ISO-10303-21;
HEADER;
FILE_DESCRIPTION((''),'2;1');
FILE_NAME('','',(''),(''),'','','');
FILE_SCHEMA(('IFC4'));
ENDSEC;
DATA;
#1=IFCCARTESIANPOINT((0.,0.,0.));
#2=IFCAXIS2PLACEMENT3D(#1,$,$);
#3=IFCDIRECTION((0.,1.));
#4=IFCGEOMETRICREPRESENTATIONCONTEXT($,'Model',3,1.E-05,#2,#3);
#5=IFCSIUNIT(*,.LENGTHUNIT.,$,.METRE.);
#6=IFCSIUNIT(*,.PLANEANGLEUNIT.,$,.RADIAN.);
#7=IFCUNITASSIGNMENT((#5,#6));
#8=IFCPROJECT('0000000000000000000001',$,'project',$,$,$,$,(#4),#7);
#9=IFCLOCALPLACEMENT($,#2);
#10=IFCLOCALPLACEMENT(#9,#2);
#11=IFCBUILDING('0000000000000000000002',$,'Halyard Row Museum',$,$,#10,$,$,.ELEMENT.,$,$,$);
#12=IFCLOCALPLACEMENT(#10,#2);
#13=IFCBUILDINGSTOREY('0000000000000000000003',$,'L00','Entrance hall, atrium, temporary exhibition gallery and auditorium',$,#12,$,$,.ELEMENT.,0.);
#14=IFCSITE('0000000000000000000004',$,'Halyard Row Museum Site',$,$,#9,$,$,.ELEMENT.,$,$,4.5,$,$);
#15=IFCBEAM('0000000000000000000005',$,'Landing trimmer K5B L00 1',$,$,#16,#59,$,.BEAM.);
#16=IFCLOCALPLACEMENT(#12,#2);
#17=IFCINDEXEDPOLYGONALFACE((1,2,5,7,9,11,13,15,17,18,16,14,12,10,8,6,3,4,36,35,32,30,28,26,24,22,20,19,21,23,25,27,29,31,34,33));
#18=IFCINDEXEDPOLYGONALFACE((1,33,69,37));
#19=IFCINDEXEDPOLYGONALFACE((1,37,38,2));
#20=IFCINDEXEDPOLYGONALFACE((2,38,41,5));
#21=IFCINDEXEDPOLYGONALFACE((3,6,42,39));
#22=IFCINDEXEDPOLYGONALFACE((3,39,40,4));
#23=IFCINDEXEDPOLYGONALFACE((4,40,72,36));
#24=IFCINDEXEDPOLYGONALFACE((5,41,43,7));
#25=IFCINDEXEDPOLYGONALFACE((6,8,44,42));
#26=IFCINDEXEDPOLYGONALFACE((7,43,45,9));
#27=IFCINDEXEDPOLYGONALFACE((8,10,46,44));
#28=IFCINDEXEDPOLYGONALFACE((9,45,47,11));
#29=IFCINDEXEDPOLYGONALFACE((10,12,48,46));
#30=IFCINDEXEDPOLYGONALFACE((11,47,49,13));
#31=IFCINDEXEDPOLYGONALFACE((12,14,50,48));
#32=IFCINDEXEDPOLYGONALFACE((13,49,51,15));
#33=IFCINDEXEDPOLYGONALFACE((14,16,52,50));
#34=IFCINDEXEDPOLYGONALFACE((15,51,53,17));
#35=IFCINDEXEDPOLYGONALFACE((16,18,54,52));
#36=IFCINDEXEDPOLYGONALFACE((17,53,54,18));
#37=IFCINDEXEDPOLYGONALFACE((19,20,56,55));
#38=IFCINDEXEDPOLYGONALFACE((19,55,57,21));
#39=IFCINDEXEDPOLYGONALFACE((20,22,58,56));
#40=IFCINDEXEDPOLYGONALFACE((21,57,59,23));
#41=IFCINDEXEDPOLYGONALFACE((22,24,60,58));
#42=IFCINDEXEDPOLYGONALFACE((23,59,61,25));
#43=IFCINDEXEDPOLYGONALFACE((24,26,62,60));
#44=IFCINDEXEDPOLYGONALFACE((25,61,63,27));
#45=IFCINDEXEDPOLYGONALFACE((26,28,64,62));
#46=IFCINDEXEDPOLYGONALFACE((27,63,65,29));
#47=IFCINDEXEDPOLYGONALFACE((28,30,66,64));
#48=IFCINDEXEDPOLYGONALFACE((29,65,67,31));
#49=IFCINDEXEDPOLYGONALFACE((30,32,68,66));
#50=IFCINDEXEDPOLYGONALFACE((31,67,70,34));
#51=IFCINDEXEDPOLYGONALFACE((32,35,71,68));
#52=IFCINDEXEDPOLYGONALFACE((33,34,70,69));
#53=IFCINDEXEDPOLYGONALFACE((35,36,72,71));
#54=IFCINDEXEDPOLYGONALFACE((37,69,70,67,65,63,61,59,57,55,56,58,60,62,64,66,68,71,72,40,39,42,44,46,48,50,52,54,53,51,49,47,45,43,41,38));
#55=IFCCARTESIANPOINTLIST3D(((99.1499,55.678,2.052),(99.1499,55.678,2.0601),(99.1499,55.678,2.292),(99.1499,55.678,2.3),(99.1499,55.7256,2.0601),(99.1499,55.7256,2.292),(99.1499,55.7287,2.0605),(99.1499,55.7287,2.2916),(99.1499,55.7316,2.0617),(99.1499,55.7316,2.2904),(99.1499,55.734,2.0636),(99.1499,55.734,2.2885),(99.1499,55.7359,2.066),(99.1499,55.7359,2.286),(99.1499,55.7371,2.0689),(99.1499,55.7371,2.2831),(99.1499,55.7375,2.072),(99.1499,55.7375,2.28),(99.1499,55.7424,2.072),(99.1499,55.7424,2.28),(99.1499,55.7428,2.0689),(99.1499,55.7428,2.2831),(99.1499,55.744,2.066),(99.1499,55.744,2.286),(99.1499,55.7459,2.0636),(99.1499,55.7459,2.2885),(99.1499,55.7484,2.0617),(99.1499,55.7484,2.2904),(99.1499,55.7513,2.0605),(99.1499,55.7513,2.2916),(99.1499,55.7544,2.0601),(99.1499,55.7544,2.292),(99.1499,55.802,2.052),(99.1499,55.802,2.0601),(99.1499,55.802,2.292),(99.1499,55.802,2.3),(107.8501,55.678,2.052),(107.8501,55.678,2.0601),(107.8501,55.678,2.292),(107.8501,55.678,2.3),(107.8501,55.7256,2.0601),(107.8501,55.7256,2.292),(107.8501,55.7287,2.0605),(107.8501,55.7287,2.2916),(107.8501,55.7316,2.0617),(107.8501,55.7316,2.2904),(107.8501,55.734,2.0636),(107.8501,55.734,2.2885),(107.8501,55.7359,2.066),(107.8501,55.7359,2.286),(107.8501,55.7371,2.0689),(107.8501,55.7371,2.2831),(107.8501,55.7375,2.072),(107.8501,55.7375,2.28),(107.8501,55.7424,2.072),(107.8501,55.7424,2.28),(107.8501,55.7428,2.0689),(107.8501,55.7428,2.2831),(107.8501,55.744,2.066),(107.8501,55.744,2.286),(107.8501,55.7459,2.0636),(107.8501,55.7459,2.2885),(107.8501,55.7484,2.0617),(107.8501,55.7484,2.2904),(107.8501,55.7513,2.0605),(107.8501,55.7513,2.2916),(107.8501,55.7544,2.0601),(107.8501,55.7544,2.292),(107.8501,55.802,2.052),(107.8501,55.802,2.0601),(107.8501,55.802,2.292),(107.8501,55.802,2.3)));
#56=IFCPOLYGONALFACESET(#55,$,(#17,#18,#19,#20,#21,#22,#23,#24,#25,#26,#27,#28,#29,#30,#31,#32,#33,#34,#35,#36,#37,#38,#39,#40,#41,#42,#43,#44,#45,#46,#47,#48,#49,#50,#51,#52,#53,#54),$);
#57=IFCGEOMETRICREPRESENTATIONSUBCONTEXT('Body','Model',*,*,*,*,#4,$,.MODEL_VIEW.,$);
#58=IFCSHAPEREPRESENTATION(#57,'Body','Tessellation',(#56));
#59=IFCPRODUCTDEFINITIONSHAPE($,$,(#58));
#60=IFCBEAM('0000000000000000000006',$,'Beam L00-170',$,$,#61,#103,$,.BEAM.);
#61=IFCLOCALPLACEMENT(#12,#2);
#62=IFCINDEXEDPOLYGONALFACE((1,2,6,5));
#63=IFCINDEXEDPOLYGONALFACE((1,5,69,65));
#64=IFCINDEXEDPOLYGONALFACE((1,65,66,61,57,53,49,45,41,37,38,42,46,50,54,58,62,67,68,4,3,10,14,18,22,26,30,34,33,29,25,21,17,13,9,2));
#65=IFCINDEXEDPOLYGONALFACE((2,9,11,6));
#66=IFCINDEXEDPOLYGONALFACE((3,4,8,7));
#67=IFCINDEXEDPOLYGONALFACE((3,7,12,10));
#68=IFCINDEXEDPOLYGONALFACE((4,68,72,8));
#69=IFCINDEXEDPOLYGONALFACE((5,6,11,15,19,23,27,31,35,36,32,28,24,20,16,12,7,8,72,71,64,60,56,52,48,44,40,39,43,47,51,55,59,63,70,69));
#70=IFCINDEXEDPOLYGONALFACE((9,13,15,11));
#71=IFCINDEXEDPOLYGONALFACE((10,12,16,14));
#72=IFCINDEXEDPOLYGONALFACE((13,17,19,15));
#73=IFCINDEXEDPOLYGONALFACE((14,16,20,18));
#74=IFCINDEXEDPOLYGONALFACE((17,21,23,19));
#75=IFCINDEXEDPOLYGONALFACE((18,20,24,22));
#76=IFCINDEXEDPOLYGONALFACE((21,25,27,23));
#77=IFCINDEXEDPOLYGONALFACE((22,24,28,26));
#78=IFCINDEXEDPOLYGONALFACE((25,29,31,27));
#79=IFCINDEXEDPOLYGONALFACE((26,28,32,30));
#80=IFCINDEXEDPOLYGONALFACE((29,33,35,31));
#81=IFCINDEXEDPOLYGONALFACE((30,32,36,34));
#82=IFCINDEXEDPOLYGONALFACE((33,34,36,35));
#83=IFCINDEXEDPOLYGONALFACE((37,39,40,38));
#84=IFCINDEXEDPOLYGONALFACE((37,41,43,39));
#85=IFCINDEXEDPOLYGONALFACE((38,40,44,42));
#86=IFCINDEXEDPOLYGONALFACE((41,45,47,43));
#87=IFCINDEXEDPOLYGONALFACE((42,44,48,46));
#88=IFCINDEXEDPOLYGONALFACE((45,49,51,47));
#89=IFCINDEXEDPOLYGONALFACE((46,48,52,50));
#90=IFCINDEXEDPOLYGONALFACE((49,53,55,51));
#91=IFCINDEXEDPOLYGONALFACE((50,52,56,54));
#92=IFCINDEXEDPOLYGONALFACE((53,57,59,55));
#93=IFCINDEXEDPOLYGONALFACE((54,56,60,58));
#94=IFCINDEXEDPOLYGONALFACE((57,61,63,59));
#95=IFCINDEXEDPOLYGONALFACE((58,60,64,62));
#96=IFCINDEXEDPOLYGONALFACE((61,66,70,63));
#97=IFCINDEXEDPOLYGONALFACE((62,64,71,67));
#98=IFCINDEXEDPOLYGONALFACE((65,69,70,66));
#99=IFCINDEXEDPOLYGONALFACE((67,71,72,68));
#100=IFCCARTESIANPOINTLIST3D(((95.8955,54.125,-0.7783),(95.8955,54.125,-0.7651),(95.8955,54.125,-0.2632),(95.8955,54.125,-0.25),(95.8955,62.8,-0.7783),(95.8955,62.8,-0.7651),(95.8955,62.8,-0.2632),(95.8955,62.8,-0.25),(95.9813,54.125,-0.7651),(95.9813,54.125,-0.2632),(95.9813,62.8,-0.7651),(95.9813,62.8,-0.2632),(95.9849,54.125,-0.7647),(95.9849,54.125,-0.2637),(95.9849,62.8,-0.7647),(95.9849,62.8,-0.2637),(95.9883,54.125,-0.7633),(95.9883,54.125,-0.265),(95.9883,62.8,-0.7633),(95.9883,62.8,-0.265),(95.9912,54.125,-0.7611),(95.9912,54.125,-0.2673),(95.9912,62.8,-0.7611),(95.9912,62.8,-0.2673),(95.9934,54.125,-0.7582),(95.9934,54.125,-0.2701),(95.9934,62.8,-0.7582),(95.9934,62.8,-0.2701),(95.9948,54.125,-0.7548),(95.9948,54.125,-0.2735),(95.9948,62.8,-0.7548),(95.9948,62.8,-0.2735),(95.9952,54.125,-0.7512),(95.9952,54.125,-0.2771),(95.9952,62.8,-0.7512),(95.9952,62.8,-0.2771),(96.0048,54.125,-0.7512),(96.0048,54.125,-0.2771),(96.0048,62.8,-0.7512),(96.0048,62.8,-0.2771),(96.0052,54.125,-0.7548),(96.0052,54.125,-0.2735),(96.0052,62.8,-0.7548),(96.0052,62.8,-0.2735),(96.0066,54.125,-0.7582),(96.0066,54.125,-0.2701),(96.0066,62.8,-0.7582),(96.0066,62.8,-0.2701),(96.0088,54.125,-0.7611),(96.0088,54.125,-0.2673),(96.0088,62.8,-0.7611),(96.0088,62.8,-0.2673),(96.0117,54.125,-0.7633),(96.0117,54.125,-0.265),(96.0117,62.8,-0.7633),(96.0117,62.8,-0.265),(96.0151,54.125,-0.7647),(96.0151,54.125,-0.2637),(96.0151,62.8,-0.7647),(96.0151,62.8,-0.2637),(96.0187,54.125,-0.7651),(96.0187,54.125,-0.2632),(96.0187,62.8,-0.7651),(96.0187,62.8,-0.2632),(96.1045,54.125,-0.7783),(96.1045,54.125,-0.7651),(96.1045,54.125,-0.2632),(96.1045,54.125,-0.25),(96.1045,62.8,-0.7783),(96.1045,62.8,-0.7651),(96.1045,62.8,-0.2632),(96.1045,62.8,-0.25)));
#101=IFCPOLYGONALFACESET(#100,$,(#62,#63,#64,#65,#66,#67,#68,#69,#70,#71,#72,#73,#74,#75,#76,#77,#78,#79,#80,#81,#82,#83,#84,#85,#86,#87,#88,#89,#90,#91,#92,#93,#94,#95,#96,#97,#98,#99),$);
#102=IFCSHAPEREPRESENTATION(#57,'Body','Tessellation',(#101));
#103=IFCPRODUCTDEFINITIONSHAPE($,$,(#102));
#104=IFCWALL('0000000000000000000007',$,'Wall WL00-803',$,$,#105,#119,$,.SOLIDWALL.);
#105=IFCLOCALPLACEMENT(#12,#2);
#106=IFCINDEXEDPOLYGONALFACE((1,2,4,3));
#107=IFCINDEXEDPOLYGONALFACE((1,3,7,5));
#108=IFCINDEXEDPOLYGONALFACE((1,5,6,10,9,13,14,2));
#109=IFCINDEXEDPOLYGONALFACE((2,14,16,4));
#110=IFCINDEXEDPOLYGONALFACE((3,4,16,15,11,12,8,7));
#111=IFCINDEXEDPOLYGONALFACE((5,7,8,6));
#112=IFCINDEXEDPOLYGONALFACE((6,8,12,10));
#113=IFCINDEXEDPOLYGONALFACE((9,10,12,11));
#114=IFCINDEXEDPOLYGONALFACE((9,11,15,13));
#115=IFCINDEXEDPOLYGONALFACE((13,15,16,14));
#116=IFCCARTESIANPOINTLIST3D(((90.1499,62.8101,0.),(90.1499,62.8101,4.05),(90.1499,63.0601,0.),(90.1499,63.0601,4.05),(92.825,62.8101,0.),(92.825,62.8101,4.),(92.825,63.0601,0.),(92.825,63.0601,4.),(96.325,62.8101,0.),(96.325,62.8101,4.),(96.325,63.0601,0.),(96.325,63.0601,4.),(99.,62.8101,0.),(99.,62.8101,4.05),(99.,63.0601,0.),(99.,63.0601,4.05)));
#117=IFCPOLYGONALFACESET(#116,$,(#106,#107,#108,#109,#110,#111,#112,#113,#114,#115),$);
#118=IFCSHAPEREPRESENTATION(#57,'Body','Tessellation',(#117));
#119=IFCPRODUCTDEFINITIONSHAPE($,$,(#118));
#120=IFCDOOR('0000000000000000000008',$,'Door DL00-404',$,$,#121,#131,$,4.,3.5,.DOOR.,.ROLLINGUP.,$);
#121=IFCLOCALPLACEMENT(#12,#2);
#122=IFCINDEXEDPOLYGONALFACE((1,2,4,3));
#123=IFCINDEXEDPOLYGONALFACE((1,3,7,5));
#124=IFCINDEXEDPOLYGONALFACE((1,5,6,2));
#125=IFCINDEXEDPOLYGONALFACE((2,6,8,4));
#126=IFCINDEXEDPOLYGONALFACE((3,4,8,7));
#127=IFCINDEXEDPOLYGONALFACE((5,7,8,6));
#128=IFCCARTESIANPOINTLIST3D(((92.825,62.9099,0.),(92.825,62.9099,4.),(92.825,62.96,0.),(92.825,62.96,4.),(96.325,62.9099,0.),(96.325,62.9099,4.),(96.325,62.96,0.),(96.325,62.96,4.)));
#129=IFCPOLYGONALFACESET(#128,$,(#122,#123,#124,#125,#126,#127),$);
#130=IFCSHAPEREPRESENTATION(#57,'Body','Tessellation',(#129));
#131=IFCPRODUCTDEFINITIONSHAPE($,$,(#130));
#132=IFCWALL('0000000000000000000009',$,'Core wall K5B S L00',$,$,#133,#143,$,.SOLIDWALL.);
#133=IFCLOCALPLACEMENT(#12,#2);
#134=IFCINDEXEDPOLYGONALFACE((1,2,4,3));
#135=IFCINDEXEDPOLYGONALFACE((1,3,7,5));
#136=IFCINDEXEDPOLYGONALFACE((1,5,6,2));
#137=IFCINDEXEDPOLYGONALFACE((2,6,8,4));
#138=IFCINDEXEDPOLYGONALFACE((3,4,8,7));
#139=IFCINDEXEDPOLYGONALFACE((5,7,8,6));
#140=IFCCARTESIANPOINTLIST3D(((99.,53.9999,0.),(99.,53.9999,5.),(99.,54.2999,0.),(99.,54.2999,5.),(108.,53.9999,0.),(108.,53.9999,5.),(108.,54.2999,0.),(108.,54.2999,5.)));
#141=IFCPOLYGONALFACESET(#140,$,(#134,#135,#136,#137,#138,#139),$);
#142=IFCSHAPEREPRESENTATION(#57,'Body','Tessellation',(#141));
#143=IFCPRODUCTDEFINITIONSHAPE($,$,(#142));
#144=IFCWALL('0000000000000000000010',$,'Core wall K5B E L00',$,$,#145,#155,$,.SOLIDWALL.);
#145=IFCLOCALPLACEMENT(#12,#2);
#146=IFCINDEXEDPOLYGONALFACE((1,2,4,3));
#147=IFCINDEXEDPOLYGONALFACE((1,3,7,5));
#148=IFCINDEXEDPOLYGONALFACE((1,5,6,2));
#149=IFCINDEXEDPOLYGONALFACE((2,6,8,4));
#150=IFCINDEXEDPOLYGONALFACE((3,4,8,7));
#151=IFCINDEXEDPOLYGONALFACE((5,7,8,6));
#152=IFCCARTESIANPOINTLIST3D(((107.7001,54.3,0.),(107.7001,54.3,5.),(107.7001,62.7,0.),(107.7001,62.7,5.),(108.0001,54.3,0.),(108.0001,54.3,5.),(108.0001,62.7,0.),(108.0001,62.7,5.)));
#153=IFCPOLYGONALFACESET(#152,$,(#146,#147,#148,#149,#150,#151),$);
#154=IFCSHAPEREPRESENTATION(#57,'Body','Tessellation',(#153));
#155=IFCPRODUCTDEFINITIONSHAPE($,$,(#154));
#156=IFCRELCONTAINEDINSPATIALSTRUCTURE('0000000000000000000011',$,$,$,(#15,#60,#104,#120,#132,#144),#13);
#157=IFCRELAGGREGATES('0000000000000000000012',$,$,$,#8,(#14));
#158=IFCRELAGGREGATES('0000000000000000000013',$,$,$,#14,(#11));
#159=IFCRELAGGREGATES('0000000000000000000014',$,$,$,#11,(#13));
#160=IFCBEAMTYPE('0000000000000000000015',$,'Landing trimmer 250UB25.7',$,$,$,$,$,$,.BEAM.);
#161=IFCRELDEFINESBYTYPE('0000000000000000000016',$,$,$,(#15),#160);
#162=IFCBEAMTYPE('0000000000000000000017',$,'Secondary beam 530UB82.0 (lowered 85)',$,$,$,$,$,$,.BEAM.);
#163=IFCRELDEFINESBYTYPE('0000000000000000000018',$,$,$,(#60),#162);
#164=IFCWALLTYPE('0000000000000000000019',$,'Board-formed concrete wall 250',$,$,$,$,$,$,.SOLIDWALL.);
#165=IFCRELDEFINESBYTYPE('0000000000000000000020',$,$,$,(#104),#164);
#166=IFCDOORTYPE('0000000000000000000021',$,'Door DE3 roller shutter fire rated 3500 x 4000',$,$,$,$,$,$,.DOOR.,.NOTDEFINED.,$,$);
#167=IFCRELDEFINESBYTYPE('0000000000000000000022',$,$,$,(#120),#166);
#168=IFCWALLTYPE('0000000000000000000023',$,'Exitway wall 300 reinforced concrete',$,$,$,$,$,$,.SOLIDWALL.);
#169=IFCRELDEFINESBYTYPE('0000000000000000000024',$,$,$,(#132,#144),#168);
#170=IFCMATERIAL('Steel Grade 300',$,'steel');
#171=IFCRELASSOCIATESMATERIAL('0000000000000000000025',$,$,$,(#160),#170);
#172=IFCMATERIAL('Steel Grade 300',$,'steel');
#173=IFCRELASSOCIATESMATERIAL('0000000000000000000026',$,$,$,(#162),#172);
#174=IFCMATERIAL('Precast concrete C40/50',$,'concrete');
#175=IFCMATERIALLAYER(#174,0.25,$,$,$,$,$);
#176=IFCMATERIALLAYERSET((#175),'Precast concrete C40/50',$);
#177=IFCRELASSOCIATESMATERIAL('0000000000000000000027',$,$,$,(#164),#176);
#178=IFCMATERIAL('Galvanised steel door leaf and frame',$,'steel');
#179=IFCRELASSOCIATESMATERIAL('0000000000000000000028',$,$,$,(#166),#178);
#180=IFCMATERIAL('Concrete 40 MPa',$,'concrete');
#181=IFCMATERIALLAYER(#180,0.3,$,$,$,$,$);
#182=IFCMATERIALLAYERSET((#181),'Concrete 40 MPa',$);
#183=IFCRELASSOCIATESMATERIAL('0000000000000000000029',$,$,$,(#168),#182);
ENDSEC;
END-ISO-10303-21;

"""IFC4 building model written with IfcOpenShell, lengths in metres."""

from ifc_helpers import new_model, si_unit, direction, frame, frame_2d, origin, origin_2d, place, context, subcontext, project, spatial, rectangle, i_section, extrude, material, layer, layer_set, material_profile, profile_set, type_object, element, fill, save


model = new_model("IFC4")

# Units and contexts
model_context = context("Model", 3, precision=1e-05, world=origin(), true_north=direction((0.0, 1.0)))
body_context = subcontext(model_context, "Body", "Model", "MODEL_VIEW")
ifc_project = project(units=[si_unit("LENGTHUNIT", "METRE"), si_unit("PLANEANGLEUNIT", "RADIAN")], contexts=[model_context])

# Site, building, storey
site_placement = place(None, origin())
site = spatial("IfcSite", under=ifc_project, at=site_placement, Name="Halyard Row Museum Site", CompositionType="ELEMENT", RefElevation=4.5)
building_placement = place(site_placement, origin())
building = spatial("IfcBuilding", under=site, at=building_placement, Name="Halyard Row Museum", CompositionType="ELEMENT")
storey_placement = place(building_placement, origin())
storey = spatial("IfcBuildingStorey", under=building, at=storey_placement, Name="L00", Description="Entrance hall, atrium, temporary exhibition gallery and auditorium", CompositionType="ELEMENT", Elevation=0.0)

# Beams
ifc_material_1 = material(Name="Steel Grade 300", Category="steel")
ifc_material_profile_1 = material_profile(ifc_material_1, i_section(OverallWidth=0.124, OverallDepth=0.248, WebThickness=0.0049, FlangeThickness=0.0081, FilletRadius=0.012, at=origin_2d()), Name="250UB25.7")
ifc_profile_set_1 = profile_set([ifc_material_profile_1], Name="Steel Grade 300")
beam_type_1 = type_object("IfcBeamType", Name="Landing trimmer 250UB25.7", PredefinedType="BEAM", material=ifc_profile_set_1)
beam_1_placement = place(storey_placement, frame((107.8501, 55.74, 2.176), z_axis=(-1.0, 0.0, 0.0), x_axis=(0.0, -1.0, 0.0)))
element("IfcBeam", 1, at=beam_1_placement, inside=storey, type_object=beam_type_1, Name="Landing trimmer K5B L00 1", PredefinedType="BEAM", context=body_context, shape_type="SweptSolid", body=[
    extrude(i_section(OverallWidth=0.124, OverallDepth=0.248, WebThickness=0.0049, FlangeThickness=0.0081, FilletRadius=0.012, at=origin_2d()), origin(), (0.0, 0.0, 1.0), 8.7002),
])
ifc_material_2 = material(Name="Steel Grade 300", Category="steel")
ifc_material_profile_2 = material_profile(ifc_material_2, i_section(OverallWidth=0.209, OverallDepth=0.5283, WebThickness=0.0095, FlangeThickness=0.0132, FilletRadius=0.0139, at=origin_2d()), Name="530UB82.0")
ifc_profile_set_2 = profile_set([ifc_material_profile_2], Name="Steel Grade 300")
beam_type_2 = type_object("IfcBeamType", Name="Secondary beam 530UB82.0 (lowered 85)", PredefinedType="BEAM", material=ifc_profile_set_2)
beam_2_placement = place(storey_placement, frame((96.0, 54.125, -0.5142), z_axis=(0.0, 1.0, 0.0), x_axis=(-1.0, 0.0, 0.0)))
element("IfcBeam", 2, at=beam_2_placement, inside=storey, type_object=beam_type_2, Name="Beam L00-170", PredefinedType="BEAM", context=body_context, shape_type="SweptSolid", body=[
    extrude(i_section(OverallWidth=0.209, OverallDepth=0.5283, WebThickness=0.0095, FlangeThickness=0.0132, FilletRadius=0.0139, at=origin_2d()), origin(), (0.0, 0.0, 1.0), 8.675),
])

# Wall, opening, door
ifc_material_3 = material(Name="Precast concrete C40/50", Category="concrete")
ifc_layer_1 = layer(ifc_material_3, 0.25)
ifc_layer_set_1 = layer_set([ifc_layer_1], Name="Precast concrete C40/50")
wall_type_1 = type_object("IfcWallType", Name="Board-formed concrete wall 250", PredefinedType="SOLIDWALL", material=ifc_layer_set_1)
wall_1_placement = place(storey_placement, frame((90.1499, 62.9351, 0.0), z_axis=(0.0, 0.0, 1.0), x_axis=(1.0, 0.0, 0.0)))
wall_1 = element("IfcWall", 3, at=wall_1_placement, inside=storey, type_object=wall_type_1, Name="Wall WL00-803", PredefinedType="SOLIDWALL", context=body_context, shape_type="SweptSolid", body=[
    extrude(rectangle(XDim=8.8501, YDim=0.25, at=frame_2d((4.425, 0.0))), origin(), (0.0, 0.0, 1.0), 4.05),
])
opening_1_placement = place(wall_1_placement, frame((2.675, 0.0, 0.0)))
opening_1 = element("IfcOpeningElement", 4, at=opening_1_placement, cuts=wall_1, PredefinedType="OPENING", context=body_context, shape_type="SweptSolid", body=[
    extrude(rectangle(XDim=3.5, YDim=4.0, at=frame_2d((1.75, 2.0))), frame((0.0, 0.135, 0.0), z_axis=(0.0, -1.0, 0.0), x_axis=(1.0, 0.0, 0.0)), (0.0, 0.0, 1.0), 0.27),
])
ifc_material_4 = material(Name="Galvanised steel door leaf and frame", Category="steel")
door_type_1 = type_object("IfcDoorType", Name="Door DE3 roller shutter fire rated 3500 x 4000", OperationType="NOTDEFINED", PredefinedType="DOOR", material=ifc_material_4)
door_1_placement = place(opening_1_placement, origin())
door_1 = element("IfcDoor", 5, at=door_1_placement, inside=storey, type_object=door_type_1, Name="Door DL00-404", OperationType="ROLLINGUP", OverallHeight=4.0, OverallWidth=3.5, PredefinedType="DOOR", context=body_context, shape_type="SweptSolid", body=[
    extrude(rectangle(XDim=3.5, YDim=4.0, at=frame_2d((1.75, 2.0))), frame((0.0, 0.0249, 0.0), z_axis=(0.0, -1.0, 0.0), x_axis=(1.0, 0.0, 0.0)), (0.0, 0.0, 1.0), 0.05),
])
fill(opening_1, door_1)

# Walls
ifc_material_5 = material(Name="Concrete 40 MPa", Category="concrete")
ifc_layer_2 = layer(ifc_material_5, 0.3)
ifc_layer_set_2 = layer_set([ifc_layer_2], Name="Concrete 40 MPa")
wall_type_2 = type_object("IfcWallType", Name="Exitway wall 300 reinforced concrete", PredefinedType="SOLIDWALL", material=ifc_layer_set_2)
wall_2_placement = place(storey_placement, frame((99.0, 54.1499, 0.0), z_axis=(0.0, 0.0, 1.0), x_axis=(1.0, 0.0, 0.0)))
element("IfcWall", 6, at=wall_2_placement, inside=storey, type_object=wall_type_2, Name="Core wall K5B S L00", PredefinedType="SOLIDWALL", context=body_context, shape_type="SweptSolid", body=[
    extrude(rectangle(XDim=9.0, YDim=0.3, at=frame_2d((4.5, 0.0))), origin(), (0.0, 0.0, 1.0), 5.0),
])
wall_3_placement = place(storey_placement, frame((107.8501, 54.3, 0.0), z_axis=(0.0, 0.0, 1.0), x_axis=(0.0, 1.0, 0.0)))
element("IfcWall", 7, at=wall_3_placement, inside=storey, type_object=wall_type_2, Name="Core wall K5B E L00", PredefinedType="SOLIDWALL", context=body_context, shape_type="SweptSolid", body=[
    extrude(rectangle(XDim=8.3999, YDim=0.3, at=frame_2d((4.2, 0.0))), origin(), (0.0, 0.0, 1.0), 5.0),
])

save(model, "model.ifc")
